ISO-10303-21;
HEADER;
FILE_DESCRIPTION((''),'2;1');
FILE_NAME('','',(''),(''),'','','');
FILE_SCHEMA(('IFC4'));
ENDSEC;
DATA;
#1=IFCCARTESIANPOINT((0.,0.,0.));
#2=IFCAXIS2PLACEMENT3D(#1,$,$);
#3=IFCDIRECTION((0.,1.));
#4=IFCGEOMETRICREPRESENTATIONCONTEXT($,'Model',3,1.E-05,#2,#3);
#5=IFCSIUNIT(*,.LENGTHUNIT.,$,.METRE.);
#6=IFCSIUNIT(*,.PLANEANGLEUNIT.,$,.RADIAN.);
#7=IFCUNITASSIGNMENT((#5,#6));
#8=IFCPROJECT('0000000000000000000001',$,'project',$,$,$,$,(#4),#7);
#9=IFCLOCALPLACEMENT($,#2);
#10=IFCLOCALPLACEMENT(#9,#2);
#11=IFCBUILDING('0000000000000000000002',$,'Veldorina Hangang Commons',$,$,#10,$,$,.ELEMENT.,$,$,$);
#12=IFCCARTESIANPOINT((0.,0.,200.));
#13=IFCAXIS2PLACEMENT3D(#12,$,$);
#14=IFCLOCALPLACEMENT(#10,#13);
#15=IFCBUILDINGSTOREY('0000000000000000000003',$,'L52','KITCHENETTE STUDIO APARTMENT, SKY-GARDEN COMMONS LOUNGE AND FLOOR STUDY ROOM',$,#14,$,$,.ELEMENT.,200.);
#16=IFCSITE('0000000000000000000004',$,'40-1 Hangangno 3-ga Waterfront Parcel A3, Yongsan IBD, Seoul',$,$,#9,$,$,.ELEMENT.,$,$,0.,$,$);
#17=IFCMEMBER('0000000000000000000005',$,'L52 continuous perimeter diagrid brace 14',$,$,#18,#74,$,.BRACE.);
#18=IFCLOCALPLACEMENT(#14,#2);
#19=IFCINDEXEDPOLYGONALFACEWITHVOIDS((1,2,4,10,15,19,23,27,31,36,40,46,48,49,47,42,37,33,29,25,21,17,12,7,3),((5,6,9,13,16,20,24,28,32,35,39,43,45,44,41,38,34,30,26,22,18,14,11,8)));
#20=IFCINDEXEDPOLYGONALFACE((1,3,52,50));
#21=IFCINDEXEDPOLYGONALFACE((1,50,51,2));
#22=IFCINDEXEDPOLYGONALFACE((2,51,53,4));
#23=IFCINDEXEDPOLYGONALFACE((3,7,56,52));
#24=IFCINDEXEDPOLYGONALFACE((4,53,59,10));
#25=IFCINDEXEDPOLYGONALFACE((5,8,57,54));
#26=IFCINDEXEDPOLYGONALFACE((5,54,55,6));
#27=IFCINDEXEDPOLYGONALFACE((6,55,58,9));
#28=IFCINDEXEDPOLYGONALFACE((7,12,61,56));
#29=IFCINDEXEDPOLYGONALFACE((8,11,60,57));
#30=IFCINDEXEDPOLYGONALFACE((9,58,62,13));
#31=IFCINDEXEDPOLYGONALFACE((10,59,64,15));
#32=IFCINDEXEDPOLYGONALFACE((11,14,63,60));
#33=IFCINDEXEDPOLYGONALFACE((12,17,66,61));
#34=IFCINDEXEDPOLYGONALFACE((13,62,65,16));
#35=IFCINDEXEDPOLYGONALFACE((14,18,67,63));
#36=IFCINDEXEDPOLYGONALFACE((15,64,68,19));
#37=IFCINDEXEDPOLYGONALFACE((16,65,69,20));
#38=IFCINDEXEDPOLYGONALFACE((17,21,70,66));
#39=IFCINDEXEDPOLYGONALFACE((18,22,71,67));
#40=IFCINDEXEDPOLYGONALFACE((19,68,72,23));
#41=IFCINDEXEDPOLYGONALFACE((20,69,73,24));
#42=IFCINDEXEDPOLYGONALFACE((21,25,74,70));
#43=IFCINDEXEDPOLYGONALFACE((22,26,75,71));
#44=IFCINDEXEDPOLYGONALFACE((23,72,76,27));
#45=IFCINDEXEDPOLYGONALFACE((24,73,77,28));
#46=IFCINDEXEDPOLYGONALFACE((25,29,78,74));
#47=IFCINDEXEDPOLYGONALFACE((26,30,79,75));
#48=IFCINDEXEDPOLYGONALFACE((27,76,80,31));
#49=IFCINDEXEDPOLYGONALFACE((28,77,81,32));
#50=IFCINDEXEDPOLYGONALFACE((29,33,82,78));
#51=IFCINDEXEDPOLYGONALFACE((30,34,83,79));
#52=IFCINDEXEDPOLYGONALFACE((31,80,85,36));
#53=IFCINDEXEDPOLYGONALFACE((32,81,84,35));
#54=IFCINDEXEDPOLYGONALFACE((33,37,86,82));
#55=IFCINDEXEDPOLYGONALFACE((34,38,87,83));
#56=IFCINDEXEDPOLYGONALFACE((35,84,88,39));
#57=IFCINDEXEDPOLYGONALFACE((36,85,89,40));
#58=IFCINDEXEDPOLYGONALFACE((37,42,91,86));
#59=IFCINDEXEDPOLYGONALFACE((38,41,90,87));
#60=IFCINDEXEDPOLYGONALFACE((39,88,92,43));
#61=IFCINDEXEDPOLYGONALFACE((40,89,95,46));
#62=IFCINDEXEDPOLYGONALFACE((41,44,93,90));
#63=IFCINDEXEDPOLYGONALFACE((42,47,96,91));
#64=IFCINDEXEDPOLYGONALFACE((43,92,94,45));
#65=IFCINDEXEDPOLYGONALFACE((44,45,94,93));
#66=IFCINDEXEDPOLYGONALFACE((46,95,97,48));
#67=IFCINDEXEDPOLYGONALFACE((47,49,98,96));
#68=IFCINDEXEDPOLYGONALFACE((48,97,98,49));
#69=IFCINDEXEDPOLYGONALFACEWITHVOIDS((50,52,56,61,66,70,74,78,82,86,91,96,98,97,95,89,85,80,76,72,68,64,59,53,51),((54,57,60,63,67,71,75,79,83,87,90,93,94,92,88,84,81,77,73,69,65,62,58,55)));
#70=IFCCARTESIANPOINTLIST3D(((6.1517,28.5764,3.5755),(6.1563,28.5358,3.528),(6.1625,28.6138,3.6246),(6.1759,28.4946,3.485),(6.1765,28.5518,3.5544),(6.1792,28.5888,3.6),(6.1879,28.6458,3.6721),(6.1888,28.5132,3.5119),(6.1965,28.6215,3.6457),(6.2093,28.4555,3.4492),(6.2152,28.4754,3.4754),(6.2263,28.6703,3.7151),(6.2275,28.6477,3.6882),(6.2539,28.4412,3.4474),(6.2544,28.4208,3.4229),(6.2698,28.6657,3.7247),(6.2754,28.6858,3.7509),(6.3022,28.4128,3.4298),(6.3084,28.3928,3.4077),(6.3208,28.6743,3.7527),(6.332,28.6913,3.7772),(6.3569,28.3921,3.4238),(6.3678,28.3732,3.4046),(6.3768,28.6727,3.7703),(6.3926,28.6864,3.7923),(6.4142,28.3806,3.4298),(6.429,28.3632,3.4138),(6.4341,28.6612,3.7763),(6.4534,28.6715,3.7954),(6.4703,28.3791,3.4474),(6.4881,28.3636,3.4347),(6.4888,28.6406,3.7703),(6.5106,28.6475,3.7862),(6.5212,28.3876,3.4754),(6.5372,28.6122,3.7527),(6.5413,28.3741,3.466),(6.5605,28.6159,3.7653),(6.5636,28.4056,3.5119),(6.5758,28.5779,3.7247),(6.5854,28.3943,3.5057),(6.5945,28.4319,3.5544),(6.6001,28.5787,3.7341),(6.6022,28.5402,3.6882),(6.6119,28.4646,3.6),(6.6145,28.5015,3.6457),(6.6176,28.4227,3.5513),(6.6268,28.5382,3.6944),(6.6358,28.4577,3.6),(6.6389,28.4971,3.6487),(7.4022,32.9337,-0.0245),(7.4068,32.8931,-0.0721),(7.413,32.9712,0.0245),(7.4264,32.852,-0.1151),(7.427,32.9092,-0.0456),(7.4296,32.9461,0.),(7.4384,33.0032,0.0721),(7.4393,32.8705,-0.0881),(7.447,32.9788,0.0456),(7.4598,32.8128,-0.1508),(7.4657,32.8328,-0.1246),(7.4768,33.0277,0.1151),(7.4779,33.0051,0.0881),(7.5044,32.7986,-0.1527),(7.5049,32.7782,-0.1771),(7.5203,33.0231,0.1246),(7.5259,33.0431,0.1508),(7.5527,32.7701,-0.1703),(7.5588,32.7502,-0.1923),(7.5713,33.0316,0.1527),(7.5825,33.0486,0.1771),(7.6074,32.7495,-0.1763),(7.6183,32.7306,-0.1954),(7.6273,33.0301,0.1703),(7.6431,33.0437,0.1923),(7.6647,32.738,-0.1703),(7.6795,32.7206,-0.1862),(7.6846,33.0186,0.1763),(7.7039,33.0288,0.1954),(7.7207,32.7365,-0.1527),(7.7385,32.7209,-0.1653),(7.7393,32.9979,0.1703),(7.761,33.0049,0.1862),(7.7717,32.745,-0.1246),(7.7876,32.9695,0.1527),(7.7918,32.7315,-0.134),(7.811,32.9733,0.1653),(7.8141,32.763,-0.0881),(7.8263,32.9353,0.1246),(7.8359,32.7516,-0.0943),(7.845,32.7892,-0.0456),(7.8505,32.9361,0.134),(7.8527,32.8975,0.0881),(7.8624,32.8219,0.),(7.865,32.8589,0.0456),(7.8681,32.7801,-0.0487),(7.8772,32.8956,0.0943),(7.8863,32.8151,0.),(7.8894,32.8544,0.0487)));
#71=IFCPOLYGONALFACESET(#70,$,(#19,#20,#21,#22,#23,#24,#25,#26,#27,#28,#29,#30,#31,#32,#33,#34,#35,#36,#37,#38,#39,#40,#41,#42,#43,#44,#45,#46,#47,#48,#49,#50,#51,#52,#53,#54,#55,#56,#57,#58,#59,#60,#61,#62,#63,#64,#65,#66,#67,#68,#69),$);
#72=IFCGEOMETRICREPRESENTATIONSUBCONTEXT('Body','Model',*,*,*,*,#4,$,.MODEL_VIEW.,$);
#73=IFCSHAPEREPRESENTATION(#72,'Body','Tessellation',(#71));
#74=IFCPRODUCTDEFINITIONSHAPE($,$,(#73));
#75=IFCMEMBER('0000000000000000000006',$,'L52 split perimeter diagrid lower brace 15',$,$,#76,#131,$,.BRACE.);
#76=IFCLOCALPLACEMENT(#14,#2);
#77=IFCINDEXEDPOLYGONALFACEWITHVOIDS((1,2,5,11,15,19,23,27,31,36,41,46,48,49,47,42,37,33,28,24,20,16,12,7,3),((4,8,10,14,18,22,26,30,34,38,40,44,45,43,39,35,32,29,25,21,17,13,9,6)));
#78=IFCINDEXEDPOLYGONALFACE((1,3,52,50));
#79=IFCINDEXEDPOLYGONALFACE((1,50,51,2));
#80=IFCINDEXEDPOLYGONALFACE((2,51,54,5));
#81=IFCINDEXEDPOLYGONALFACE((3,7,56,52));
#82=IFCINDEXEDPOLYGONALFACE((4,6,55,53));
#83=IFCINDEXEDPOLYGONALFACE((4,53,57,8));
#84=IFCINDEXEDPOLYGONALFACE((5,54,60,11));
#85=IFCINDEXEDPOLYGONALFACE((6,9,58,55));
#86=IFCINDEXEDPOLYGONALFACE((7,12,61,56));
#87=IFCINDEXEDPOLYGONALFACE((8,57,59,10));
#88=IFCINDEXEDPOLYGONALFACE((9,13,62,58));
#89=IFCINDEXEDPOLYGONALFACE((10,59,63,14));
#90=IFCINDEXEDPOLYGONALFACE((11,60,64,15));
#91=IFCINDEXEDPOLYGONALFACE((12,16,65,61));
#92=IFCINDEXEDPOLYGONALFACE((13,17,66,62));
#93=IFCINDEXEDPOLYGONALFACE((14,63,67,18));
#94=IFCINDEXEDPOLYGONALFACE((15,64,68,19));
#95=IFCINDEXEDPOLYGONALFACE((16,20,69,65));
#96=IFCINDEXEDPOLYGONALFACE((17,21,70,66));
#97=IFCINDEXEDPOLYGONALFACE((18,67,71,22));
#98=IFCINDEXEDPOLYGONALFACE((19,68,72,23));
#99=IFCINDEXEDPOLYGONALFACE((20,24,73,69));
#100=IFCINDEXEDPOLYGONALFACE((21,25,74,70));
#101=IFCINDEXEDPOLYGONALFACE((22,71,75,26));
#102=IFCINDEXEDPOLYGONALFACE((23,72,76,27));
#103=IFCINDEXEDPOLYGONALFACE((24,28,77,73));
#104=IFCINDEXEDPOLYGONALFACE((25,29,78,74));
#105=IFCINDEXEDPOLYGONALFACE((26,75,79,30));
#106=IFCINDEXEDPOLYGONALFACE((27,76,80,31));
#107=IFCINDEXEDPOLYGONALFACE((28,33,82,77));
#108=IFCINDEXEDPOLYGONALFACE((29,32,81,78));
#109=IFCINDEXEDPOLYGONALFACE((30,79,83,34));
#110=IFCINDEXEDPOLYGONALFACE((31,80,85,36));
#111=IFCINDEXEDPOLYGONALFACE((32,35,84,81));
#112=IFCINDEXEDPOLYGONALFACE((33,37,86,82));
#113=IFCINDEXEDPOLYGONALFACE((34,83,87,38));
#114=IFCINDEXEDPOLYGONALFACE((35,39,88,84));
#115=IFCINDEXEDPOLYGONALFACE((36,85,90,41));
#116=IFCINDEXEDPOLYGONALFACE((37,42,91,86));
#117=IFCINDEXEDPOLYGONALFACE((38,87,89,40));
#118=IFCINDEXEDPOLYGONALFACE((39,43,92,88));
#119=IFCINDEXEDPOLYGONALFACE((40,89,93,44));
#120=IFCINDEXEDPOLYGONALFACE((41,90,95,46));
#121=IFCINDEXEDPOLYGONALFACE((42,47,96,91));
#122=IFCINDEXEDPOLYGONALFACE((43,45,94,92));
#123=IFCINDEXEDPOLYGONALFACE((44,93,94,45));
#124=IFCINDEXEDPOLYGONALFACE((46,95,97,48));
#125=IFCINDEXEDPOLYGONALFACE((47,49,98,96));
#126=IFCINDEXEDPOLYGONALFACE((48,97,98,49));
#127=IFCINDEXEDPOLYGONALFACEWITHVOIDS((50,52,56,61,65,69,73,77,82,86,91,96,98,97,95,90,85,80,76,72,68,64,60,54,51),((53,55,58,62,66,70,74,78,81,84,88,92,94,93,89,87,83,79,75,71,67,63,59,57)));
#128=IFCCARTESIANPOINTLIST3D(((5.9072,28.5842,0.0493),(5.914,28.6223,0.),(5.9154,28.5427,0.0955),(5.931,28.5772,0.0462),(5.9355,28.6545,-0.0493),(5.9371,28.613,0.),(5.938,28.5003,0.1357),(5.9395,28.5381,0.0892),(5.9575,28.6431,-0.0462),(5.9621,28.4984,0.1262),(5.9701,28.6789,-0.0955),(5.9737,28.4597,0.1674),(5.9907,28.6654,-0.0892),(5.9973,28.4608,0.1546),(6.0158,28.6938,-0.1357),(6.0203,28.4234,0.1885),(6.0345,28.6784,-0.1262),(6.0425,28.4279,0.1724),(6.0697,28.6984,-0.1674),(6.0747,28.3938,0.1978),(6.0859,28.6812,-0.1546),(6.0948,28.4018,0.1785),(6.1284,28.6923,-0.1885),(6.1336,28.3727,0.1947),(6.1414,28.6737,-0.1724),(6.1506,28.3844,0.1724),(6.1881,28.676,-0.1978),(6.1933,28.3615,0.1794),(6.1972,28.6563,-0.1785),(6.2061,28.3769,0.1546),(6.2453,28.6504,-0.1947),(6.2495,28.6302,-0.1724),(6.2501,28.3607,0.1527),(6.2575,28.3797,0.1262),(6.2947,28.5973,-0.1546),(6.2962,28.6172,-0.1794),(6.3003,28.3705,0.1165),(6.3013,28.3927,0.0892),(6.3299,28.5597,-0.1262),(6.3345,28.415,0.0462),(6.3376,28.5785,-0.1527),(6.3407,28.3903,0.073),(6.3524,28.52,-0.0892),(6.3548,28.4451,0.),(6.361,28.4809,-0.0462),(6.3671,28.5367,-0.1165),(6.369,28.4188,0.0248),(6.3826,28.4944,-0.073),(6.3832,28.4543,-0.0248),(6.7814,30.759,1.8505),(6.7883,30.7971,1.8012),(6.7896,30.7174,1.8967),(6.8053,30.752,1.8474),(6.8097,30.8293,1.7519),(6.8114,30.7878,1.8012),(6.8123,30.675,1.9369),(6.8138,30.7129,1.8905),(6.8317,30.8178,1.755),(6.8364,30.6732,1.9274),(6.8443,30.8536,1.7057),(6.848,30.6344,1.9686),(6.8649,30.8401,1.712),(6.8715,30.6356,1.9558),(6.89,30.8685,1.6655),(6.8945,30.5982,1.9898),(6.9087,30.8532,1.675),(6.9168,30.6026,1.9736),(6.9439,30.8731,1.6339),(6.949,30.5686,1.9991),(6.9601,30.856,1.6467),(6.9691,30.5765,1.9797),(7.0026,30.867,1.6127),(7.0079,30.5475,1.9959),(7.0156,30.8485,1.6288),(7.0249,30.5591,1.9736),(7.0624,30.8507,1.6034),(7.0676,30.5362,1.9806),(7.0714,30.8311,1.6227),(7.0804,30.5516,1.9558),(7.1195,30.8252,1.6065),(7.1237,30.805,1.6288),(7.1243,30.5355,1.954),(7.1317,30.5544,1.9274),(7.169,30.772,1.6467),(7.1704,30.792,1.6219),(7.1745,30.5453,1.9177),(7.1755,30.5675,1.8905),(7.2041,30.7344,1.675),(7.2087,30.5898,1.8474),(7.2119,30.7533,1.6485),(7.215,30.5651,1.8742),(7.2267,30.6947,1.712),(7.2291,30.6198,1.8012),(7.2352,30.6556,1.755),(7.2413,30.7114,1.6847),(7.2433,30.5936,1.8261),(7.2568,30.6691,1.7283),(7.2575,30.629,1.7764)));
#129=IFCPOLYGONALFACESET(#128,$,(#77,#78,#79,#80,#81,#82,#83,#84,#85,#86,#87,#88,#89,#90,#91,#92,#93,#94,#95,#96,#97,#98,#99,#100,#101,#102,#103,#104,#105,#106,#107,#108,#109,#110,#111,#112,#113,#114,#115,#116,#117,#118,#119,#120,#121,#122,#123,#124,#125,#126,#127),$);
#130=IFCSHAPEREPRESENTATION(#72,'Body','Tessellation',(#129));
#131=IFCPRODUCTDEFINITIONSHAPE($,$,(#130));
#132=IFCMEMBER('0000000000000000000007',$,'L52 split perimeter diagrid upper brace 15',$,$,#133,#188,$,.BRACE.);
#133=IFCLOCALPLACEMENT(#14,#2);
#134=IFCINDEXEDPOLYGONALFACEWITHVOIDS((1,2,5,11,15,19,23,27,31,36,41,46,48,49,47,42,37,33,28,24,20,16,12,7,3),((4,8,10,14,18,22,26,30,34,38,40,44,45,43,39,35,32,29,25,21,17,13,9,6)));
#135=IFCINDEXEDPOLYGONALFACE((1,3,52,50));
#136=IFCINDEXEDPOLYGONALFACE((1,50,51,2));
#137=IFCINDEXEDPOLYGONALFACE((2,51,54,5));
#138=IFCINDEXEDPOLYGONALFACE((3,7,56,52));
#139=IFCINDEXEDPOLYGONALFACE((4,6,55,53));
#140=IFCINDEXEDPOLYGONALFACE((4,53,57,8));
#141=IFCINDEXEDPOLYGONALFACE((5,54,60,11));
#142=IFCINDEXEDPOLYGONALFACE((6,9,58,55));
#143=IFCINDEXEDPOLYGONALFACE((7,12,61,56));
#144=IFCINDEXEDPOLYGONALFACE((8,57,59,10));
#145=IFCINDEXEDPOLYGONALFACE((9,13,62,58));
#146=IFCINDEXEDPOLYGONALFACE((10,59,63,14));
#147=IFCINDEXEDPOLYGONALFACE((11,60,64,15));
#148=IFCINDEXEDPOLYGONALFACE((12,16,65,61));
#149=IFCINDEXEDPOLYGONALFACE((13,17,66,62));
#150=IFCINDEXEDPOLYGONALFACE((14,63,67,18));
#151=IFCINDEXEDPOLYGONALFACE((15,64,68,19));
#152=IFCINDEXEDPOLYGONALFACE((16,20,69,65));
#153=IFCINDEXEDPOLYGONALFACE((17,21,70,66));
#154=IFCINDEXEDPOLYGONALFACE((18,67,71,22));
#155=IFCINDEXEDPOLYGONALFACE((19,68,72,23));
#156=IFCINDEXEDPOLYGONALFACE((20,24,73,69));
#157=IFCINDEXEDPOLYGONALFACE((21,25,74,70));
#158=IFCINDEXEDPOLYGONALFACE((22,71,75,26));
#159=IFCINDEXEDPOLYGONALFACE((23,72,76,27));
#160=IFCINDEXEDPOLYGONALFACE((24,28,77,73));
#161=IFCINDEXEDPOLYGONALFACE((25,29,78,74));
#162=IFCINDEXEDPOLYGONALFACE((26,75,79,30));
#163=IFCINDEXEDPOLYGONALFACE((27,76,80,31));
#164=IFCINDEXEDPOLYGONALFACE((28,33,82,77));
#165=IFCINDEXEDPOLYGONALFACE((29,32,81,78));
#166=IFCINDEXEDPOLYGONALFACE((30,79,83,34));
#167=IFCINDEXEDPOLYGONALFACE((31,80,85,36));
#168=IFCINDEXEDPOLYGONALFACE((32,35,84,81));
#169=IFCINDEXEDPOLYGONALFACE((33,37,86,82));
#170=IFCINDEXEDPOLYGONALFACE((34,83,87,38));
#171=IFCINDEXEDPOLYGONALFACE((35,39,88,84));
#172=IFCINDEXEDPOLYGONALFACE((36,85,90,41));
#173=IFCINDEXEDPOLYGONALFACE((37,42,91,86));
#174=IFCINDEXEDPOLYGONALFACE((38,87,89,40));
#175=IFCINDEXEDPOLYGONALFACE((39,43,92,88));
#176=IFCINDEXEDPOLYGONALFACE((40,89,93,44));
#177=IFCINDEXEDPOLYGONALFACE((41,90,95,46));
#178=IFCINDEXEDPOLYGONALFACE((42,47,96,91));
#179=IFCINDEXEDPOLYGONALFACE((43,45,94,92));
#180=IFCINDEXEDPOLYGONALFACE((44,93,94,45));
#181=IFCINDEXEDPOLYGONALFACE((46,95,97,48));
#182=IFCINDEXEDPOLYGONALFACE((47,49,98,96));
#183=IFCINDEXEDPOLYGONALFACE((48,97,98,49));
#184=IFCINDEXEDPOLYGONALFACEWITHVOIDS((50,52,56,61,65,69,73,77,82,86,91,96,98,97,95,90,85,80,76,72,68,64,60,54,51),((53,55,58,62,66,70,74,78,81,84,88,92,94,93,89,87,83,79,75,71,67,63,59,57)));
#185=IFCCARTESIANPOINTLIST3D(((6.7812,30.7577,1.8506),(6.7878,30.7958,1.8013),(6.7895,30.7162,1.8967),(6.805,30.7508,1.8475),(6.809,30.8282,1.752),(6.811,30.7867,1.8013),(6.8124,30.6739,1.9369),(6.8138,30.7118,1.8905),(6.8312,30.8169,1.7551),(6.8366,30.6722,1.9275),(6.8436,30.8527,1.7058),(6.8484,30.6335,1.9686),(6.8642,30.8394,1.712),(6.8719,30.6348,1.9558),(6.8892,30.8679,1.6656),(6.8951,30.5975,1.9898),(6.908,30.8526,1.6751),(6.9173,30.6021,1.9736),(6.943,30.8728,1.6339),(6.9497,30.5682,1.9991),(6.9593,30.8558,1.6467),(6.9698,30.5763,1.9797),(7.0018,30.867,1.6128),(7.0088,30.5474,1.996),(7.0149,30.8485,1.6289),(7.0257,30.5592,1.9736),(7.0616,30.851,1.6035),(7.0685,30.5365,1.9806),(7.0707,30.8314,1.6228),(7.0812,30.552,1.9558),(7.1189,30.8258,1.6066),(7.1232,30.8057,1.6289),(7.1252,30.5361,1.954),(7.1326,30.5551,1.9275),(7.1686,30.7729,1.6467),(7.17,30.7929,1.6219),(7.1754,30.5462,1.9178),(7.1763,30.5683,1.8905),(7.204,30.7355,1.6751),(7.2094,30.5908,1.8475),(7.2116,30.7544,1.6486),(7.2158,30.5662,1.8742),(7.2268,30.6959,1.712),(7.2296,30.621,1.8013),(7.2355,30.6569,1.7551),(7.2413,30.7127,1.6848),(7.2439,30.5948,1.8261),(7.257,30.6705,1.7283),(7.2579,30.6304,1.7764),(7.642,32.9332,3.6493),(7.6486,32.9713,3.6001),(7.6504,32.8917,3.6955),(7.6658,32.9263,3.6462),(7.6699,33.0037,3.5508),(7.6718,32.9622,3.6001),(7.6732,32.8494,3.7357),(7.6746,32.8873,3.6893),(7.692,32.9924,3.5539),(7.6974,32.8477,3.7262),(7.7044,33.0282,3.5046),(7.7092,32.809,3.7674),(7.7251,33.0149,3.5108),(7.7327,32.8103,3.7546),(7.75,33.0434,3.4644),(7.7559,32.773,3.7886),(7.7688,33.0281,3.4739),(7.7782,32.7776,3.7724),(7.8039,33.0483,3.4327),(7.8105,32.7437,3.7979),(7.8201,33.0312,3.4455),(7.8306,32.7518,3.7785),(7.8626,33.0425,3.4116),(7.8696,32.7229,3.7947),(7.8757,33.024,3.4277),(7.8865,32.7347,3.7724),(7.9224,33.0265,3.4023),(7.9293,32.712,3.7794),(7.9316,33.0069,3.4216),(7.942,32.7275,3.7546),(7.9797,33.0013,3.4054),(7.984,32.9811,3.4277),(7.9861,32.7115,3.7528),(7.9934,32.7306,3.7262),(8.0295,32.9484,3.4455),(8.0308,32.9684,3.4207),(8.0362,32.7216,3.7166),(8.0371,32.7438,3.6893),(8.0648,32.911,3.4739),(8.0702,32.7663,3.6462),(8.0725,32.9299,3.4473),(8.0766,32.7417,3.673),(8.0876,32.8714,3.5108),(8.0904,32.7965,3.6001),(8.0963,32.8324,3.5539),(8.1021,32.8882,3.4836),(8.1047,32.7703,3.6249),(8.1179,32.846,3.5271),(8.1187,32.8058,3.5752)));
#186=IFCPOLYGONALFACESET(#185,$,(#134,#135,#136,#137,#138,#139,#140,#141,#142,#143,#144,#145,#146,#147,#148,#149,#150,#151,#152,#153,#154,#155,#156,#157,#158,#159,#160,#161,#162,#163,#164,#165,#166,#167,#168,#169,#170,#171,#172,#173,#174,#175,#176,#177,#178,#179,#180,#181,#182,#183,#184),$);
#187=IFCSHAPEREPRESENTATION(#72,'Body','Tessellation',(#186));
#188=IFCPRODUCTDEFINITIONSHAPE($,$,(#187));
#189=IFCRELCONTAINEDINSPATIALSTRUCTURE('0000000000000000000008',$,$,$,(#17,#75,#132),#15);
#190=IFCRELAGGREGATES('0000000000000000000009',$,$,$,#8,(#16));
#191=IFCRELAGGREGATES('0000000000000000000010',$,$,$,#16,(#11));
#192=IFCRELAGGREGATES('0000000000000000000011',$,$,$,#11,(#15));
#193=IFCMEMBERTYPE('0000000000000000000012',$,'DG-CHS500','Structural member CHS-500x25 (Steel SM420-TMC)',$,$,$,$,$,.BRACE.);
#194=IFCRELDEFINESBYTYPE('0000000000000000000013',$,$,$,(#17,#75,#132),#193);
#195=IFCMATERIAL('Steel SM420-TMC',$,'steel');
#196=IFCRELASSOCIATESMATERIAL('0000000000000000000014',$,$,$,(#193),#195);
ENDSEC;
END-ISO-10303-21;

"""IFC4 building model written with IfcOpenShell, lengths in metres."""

from ifc_helpers import new_model, si_unit, direction, frame, origin, origin_2d, place, context, subcontext, project, spatial, hollow_circle, extrude, material, material_profile, profile_set, type_object, element, save


model = new_model("IFC4")

# Units and contexts
model_context = context("Model", 3, precision=1e-05, world=origin(), true_north=direction((0.0, 1.0)))
body_context = subcontext(model_context, "Body", "Model", "MODEL_VIEW")
ifc_project = project(units=[si_unit("LENGTHUNIT", "METRE"), si_unit("PLANEANGLEUNIT", "RADIAN")], contexts=[model_context])

# Site, building, storey
site_placement = place(None, origin())
site = spatial("IfcSite", under=ifc_project, at=site_placement, Name="40-1 Hangangno 3-ga Waterfront Parcel A3, Yongsan IBD, Seoul", CompositionType="ELEMENT", RefElevation=0.0)
building_placement = place(site_placement, origin())
building = spatial("IfcBuilding", under=site, at=building_placement, Name="Veldorina Hangang Commons", CompositionType="ELEMENT")
storey_placement = place(building_placement, frame((0.0, 0.0, 200.0)))
storey = spatial("IfcBuildingStorey", under=building, at=storey_placement, Name="L52", Description="KITCHENETTE STUDIO APARTMENT, SKY-GARDEN COMMONS LOUNGE AND FLOOR STUDY ROOM", CompositionType="ELEMENT", Elevation=200.0)

# Shared definitions
ifc_material_1 = material(Name="Steel SM420-TMC", Category="steel")

# Members
ifc_material_profile_1 = material_profile(ifc_material_1, hollow_circle(Radius=0.25, WallThickness=0.0249, at=origin_2d()), Name="CHS-500x25")
ifc_profile_set_1 = profile_set([ifc_material_profile_1], Name="Steel SM420-TMC")
member_type_1 = type_object("IfcMemberType", Name="DG-CHS500", Description="Structural member CHS-500x25 (Steel SM420-TMC)", PredefinedType="BRACE", material=ifc_profile_set_1)
member_1_placement = place(storey_placement, frame((7.646, 32.884, 0.0), z_axis=(-0.216014, -0.752718, 0.621895), x_axis=(0.961202, -0.275845, 0.0)))
element("IfcMember", 1, at=member_1_placement, inside=storey, type_object=member_type_1, Name="L52 continuous perimeter diagrid brace 14", PredefinedType="BRACE", context=body_context, shape_type="SweptSolid", body=[
    extrude(hollow_circle(Radius=0.25, WallThickness=0.0249, at=origin_2d()), origin(), (0.0, 0.0, 1.0), 5.7888),
])
member_2_placement = place(storey_placement, frame((6.146, 28.5291, 0.0), z_axis=(0.295748, 0.735694, 0.609334), x_axis=(-0.927836, 0.372988, 0.0)))
element("IfcMember", 2, at=member_2_placement, inside=storey, type_object=member_type_1, Name="L52 split perimeter diagrid lower brace 15", PredefinedType="BRACE", context=body_context, shape_type="SweptSolid", body=[
    extrude(hollow_circle(Radius=0.25, WallThickness=0.0249, at=origin_2d()), origin(), (0.0, 0.0, 1.0), 2.9561),
])
member_3_placement = place(storey_placement, frame((7.0203, 30.7039, 1.8013), z_axis=(0.291688, 0.737162, 0.609517), x_axis=(-0.929852, 0.367934, 0.0)))
element("IfcMember", 3, at=member_3_placement, inside=storey, type_object=member_type_1, Name="L52 split perimeter diagrid upper brace 15", PredefinedType="BRACE", context=body_context, shape_type="SweptSolid", body=[
    extrude(hollow_circle(Radius=0.25, WallThickness=0.0249, at=origin_2d()), origin(), (0.0, 0.0, 1.0), 2.9512),
])

save(model, "model.ifc")
